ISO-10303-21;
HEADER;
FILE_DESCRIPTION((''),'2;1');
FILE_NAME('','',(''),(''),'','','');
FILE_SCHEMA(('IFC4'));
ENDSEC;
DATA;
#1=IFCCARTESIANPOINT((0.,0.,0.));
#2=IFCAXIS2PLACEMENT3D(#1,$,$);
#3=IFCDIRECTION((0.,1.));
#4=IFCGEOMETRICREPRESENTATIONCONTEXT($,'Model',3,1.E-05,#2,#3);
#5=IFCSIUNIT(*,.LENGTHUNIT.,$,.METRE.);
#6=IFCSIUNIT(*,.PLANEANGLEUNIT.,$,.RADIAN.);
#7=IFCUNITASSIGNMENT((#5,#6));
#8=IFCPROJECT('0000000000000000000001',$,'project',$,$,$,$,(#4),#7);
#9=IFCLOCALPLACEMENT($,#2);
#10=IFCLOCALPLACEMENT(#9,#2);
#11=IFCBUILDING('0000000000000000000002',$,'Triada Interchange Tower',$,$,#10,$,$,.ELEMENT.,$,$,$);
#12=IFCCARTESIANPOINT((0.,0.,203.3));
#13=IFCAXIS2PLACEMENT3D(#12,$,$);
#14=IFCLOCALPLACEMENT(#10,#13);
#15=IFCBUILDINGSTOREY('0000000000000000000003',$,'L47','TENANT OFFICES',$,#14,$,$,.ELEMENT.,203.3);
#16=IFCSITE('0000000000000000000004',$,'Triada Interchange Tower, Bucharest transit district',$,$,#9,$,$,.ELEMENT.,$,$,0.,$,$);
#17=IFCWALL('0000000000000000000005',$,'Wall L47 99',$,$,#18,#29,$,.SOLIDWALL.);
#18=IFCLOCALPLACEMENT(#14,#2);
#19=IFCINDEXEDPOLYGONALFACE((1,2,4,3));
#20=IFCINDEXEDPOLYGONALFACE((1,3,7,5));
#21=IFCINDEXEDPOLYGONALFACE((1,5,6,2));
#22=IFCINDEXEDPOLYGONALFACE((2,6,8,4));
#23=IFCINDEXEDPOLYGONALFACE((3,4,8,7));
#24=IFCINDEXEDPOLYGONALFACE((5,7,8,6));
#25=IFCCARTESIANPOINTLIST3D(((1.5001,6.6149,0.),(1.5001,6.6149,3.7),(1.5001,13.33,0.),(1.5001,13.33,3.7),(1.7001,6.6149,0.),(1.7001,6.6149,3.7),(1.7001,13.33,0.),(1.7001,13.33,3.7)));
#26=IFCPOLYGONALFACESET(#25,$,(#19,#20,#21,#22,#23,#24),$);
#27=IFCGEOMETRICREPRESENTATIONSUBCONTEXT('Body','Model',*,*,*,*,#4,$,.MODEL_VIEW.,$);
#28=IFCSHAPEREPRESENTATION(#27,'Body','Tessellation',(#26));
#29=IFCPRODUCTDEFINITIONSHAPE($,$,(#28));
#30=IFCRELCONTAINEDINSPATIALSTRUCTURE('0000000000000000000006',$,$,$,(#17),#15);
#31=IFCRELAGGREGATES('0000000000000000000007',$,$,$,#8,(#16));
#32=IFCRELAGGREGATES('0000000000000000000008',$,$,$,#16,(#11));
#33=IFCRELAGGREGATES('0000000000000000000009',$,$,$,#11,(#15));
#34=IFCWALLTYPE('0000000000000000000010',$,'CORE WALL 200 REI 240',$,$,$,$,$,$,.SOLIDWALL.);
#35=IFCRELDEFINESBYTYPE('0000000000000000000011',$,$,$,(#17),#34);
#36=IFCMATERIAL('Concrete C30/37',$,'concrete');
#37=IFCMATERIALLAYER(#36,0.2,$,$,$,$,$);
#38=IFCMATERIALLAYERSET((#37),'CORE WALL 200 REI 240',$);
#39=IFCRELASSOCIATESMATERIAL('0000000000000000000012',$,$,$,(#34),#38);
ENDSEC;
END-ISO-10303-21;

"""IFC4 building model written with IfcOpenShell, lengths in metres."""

from ifc_helpers import new_model, si_unit, direction, frame, frame_2d, origin, place, context, subcontext, project, spatial, rectangle, extrude, material, layer, layer_set, type_object, element, save


model = new_model("IFC4")

# Units and contexts
model_context = context("Model", 3, precision=1e-05, world=origin(), true_north=direction((0.0, 1.0)))
body_context = subcontext(model_context, "Body", "Model", "MODEL_VIEW")
ifc_project = project(units=[si_unit("LENGTHUNIT", "METRE"), si_unit("PLANEANGLEUNIT", "RADIAN")], contexts=[model_context])

# Site, building, storey
site_placement = place(None, origin())
site = spatial("IfcSite", under=ifc_project, at=site_placement, Name="Triada Interchange Tower, Bucharest transit district", CompositionType="ELEMENT", RefElevation=0.0)
building_placement = place(site_placement, origin())
building = spatial("IfcBuilding", under=site, at=building_placement, Name="Triada Interchange Tower", CompositionType="ELEMENT")
storey_placement = place(building_placement, frame((0.0, 0.0, 203.3)))
storey = spatial("IfcBuildingStorey", under=building, at=storey_placement, Name="L47", Description="TENANT OFFICES", CompositionType="ELEMENT", Elevation=203.3)

# Shared definitions
ifc_material_1 = material(Name="Concrete C30/37", Category="concrete")

# Wall
ifc_layer_1 = layer(ifc_material_1, 0.2)
ifc_layer_set_1 = layer_set([ifc_layer_1], Name="CORE WALL 200 REI 240")
wall_type_1 = type_object("IfcWallType", Name="CORE WALL 200 REI 240", PredefinedType="SOLIDWALL", material=ifc_layer_set_1)
wall_1_placement = place(storey_placement, frame((1.6001, 6.615, 0.0), z_axis=(0.0, 0.0, 1.0), x_axis=(0.0, 1.0, 0.0)))
element("IfcWall", 1, at=wall_1_placement, inside=storey, type_object=wall_type_1, Name="Wall L47 99", PredefinedType="SOLIDWALL", context=body_context, shape_type="SweptSolid", body=[
    extrude(rectangle(XDim=6.7151, YDim=0.2, at=frame_2d((3.3574, 0.0))), origin(), (0.0, 0.0, 1.0), 3.7),
])

save(model, "model.ifc")
